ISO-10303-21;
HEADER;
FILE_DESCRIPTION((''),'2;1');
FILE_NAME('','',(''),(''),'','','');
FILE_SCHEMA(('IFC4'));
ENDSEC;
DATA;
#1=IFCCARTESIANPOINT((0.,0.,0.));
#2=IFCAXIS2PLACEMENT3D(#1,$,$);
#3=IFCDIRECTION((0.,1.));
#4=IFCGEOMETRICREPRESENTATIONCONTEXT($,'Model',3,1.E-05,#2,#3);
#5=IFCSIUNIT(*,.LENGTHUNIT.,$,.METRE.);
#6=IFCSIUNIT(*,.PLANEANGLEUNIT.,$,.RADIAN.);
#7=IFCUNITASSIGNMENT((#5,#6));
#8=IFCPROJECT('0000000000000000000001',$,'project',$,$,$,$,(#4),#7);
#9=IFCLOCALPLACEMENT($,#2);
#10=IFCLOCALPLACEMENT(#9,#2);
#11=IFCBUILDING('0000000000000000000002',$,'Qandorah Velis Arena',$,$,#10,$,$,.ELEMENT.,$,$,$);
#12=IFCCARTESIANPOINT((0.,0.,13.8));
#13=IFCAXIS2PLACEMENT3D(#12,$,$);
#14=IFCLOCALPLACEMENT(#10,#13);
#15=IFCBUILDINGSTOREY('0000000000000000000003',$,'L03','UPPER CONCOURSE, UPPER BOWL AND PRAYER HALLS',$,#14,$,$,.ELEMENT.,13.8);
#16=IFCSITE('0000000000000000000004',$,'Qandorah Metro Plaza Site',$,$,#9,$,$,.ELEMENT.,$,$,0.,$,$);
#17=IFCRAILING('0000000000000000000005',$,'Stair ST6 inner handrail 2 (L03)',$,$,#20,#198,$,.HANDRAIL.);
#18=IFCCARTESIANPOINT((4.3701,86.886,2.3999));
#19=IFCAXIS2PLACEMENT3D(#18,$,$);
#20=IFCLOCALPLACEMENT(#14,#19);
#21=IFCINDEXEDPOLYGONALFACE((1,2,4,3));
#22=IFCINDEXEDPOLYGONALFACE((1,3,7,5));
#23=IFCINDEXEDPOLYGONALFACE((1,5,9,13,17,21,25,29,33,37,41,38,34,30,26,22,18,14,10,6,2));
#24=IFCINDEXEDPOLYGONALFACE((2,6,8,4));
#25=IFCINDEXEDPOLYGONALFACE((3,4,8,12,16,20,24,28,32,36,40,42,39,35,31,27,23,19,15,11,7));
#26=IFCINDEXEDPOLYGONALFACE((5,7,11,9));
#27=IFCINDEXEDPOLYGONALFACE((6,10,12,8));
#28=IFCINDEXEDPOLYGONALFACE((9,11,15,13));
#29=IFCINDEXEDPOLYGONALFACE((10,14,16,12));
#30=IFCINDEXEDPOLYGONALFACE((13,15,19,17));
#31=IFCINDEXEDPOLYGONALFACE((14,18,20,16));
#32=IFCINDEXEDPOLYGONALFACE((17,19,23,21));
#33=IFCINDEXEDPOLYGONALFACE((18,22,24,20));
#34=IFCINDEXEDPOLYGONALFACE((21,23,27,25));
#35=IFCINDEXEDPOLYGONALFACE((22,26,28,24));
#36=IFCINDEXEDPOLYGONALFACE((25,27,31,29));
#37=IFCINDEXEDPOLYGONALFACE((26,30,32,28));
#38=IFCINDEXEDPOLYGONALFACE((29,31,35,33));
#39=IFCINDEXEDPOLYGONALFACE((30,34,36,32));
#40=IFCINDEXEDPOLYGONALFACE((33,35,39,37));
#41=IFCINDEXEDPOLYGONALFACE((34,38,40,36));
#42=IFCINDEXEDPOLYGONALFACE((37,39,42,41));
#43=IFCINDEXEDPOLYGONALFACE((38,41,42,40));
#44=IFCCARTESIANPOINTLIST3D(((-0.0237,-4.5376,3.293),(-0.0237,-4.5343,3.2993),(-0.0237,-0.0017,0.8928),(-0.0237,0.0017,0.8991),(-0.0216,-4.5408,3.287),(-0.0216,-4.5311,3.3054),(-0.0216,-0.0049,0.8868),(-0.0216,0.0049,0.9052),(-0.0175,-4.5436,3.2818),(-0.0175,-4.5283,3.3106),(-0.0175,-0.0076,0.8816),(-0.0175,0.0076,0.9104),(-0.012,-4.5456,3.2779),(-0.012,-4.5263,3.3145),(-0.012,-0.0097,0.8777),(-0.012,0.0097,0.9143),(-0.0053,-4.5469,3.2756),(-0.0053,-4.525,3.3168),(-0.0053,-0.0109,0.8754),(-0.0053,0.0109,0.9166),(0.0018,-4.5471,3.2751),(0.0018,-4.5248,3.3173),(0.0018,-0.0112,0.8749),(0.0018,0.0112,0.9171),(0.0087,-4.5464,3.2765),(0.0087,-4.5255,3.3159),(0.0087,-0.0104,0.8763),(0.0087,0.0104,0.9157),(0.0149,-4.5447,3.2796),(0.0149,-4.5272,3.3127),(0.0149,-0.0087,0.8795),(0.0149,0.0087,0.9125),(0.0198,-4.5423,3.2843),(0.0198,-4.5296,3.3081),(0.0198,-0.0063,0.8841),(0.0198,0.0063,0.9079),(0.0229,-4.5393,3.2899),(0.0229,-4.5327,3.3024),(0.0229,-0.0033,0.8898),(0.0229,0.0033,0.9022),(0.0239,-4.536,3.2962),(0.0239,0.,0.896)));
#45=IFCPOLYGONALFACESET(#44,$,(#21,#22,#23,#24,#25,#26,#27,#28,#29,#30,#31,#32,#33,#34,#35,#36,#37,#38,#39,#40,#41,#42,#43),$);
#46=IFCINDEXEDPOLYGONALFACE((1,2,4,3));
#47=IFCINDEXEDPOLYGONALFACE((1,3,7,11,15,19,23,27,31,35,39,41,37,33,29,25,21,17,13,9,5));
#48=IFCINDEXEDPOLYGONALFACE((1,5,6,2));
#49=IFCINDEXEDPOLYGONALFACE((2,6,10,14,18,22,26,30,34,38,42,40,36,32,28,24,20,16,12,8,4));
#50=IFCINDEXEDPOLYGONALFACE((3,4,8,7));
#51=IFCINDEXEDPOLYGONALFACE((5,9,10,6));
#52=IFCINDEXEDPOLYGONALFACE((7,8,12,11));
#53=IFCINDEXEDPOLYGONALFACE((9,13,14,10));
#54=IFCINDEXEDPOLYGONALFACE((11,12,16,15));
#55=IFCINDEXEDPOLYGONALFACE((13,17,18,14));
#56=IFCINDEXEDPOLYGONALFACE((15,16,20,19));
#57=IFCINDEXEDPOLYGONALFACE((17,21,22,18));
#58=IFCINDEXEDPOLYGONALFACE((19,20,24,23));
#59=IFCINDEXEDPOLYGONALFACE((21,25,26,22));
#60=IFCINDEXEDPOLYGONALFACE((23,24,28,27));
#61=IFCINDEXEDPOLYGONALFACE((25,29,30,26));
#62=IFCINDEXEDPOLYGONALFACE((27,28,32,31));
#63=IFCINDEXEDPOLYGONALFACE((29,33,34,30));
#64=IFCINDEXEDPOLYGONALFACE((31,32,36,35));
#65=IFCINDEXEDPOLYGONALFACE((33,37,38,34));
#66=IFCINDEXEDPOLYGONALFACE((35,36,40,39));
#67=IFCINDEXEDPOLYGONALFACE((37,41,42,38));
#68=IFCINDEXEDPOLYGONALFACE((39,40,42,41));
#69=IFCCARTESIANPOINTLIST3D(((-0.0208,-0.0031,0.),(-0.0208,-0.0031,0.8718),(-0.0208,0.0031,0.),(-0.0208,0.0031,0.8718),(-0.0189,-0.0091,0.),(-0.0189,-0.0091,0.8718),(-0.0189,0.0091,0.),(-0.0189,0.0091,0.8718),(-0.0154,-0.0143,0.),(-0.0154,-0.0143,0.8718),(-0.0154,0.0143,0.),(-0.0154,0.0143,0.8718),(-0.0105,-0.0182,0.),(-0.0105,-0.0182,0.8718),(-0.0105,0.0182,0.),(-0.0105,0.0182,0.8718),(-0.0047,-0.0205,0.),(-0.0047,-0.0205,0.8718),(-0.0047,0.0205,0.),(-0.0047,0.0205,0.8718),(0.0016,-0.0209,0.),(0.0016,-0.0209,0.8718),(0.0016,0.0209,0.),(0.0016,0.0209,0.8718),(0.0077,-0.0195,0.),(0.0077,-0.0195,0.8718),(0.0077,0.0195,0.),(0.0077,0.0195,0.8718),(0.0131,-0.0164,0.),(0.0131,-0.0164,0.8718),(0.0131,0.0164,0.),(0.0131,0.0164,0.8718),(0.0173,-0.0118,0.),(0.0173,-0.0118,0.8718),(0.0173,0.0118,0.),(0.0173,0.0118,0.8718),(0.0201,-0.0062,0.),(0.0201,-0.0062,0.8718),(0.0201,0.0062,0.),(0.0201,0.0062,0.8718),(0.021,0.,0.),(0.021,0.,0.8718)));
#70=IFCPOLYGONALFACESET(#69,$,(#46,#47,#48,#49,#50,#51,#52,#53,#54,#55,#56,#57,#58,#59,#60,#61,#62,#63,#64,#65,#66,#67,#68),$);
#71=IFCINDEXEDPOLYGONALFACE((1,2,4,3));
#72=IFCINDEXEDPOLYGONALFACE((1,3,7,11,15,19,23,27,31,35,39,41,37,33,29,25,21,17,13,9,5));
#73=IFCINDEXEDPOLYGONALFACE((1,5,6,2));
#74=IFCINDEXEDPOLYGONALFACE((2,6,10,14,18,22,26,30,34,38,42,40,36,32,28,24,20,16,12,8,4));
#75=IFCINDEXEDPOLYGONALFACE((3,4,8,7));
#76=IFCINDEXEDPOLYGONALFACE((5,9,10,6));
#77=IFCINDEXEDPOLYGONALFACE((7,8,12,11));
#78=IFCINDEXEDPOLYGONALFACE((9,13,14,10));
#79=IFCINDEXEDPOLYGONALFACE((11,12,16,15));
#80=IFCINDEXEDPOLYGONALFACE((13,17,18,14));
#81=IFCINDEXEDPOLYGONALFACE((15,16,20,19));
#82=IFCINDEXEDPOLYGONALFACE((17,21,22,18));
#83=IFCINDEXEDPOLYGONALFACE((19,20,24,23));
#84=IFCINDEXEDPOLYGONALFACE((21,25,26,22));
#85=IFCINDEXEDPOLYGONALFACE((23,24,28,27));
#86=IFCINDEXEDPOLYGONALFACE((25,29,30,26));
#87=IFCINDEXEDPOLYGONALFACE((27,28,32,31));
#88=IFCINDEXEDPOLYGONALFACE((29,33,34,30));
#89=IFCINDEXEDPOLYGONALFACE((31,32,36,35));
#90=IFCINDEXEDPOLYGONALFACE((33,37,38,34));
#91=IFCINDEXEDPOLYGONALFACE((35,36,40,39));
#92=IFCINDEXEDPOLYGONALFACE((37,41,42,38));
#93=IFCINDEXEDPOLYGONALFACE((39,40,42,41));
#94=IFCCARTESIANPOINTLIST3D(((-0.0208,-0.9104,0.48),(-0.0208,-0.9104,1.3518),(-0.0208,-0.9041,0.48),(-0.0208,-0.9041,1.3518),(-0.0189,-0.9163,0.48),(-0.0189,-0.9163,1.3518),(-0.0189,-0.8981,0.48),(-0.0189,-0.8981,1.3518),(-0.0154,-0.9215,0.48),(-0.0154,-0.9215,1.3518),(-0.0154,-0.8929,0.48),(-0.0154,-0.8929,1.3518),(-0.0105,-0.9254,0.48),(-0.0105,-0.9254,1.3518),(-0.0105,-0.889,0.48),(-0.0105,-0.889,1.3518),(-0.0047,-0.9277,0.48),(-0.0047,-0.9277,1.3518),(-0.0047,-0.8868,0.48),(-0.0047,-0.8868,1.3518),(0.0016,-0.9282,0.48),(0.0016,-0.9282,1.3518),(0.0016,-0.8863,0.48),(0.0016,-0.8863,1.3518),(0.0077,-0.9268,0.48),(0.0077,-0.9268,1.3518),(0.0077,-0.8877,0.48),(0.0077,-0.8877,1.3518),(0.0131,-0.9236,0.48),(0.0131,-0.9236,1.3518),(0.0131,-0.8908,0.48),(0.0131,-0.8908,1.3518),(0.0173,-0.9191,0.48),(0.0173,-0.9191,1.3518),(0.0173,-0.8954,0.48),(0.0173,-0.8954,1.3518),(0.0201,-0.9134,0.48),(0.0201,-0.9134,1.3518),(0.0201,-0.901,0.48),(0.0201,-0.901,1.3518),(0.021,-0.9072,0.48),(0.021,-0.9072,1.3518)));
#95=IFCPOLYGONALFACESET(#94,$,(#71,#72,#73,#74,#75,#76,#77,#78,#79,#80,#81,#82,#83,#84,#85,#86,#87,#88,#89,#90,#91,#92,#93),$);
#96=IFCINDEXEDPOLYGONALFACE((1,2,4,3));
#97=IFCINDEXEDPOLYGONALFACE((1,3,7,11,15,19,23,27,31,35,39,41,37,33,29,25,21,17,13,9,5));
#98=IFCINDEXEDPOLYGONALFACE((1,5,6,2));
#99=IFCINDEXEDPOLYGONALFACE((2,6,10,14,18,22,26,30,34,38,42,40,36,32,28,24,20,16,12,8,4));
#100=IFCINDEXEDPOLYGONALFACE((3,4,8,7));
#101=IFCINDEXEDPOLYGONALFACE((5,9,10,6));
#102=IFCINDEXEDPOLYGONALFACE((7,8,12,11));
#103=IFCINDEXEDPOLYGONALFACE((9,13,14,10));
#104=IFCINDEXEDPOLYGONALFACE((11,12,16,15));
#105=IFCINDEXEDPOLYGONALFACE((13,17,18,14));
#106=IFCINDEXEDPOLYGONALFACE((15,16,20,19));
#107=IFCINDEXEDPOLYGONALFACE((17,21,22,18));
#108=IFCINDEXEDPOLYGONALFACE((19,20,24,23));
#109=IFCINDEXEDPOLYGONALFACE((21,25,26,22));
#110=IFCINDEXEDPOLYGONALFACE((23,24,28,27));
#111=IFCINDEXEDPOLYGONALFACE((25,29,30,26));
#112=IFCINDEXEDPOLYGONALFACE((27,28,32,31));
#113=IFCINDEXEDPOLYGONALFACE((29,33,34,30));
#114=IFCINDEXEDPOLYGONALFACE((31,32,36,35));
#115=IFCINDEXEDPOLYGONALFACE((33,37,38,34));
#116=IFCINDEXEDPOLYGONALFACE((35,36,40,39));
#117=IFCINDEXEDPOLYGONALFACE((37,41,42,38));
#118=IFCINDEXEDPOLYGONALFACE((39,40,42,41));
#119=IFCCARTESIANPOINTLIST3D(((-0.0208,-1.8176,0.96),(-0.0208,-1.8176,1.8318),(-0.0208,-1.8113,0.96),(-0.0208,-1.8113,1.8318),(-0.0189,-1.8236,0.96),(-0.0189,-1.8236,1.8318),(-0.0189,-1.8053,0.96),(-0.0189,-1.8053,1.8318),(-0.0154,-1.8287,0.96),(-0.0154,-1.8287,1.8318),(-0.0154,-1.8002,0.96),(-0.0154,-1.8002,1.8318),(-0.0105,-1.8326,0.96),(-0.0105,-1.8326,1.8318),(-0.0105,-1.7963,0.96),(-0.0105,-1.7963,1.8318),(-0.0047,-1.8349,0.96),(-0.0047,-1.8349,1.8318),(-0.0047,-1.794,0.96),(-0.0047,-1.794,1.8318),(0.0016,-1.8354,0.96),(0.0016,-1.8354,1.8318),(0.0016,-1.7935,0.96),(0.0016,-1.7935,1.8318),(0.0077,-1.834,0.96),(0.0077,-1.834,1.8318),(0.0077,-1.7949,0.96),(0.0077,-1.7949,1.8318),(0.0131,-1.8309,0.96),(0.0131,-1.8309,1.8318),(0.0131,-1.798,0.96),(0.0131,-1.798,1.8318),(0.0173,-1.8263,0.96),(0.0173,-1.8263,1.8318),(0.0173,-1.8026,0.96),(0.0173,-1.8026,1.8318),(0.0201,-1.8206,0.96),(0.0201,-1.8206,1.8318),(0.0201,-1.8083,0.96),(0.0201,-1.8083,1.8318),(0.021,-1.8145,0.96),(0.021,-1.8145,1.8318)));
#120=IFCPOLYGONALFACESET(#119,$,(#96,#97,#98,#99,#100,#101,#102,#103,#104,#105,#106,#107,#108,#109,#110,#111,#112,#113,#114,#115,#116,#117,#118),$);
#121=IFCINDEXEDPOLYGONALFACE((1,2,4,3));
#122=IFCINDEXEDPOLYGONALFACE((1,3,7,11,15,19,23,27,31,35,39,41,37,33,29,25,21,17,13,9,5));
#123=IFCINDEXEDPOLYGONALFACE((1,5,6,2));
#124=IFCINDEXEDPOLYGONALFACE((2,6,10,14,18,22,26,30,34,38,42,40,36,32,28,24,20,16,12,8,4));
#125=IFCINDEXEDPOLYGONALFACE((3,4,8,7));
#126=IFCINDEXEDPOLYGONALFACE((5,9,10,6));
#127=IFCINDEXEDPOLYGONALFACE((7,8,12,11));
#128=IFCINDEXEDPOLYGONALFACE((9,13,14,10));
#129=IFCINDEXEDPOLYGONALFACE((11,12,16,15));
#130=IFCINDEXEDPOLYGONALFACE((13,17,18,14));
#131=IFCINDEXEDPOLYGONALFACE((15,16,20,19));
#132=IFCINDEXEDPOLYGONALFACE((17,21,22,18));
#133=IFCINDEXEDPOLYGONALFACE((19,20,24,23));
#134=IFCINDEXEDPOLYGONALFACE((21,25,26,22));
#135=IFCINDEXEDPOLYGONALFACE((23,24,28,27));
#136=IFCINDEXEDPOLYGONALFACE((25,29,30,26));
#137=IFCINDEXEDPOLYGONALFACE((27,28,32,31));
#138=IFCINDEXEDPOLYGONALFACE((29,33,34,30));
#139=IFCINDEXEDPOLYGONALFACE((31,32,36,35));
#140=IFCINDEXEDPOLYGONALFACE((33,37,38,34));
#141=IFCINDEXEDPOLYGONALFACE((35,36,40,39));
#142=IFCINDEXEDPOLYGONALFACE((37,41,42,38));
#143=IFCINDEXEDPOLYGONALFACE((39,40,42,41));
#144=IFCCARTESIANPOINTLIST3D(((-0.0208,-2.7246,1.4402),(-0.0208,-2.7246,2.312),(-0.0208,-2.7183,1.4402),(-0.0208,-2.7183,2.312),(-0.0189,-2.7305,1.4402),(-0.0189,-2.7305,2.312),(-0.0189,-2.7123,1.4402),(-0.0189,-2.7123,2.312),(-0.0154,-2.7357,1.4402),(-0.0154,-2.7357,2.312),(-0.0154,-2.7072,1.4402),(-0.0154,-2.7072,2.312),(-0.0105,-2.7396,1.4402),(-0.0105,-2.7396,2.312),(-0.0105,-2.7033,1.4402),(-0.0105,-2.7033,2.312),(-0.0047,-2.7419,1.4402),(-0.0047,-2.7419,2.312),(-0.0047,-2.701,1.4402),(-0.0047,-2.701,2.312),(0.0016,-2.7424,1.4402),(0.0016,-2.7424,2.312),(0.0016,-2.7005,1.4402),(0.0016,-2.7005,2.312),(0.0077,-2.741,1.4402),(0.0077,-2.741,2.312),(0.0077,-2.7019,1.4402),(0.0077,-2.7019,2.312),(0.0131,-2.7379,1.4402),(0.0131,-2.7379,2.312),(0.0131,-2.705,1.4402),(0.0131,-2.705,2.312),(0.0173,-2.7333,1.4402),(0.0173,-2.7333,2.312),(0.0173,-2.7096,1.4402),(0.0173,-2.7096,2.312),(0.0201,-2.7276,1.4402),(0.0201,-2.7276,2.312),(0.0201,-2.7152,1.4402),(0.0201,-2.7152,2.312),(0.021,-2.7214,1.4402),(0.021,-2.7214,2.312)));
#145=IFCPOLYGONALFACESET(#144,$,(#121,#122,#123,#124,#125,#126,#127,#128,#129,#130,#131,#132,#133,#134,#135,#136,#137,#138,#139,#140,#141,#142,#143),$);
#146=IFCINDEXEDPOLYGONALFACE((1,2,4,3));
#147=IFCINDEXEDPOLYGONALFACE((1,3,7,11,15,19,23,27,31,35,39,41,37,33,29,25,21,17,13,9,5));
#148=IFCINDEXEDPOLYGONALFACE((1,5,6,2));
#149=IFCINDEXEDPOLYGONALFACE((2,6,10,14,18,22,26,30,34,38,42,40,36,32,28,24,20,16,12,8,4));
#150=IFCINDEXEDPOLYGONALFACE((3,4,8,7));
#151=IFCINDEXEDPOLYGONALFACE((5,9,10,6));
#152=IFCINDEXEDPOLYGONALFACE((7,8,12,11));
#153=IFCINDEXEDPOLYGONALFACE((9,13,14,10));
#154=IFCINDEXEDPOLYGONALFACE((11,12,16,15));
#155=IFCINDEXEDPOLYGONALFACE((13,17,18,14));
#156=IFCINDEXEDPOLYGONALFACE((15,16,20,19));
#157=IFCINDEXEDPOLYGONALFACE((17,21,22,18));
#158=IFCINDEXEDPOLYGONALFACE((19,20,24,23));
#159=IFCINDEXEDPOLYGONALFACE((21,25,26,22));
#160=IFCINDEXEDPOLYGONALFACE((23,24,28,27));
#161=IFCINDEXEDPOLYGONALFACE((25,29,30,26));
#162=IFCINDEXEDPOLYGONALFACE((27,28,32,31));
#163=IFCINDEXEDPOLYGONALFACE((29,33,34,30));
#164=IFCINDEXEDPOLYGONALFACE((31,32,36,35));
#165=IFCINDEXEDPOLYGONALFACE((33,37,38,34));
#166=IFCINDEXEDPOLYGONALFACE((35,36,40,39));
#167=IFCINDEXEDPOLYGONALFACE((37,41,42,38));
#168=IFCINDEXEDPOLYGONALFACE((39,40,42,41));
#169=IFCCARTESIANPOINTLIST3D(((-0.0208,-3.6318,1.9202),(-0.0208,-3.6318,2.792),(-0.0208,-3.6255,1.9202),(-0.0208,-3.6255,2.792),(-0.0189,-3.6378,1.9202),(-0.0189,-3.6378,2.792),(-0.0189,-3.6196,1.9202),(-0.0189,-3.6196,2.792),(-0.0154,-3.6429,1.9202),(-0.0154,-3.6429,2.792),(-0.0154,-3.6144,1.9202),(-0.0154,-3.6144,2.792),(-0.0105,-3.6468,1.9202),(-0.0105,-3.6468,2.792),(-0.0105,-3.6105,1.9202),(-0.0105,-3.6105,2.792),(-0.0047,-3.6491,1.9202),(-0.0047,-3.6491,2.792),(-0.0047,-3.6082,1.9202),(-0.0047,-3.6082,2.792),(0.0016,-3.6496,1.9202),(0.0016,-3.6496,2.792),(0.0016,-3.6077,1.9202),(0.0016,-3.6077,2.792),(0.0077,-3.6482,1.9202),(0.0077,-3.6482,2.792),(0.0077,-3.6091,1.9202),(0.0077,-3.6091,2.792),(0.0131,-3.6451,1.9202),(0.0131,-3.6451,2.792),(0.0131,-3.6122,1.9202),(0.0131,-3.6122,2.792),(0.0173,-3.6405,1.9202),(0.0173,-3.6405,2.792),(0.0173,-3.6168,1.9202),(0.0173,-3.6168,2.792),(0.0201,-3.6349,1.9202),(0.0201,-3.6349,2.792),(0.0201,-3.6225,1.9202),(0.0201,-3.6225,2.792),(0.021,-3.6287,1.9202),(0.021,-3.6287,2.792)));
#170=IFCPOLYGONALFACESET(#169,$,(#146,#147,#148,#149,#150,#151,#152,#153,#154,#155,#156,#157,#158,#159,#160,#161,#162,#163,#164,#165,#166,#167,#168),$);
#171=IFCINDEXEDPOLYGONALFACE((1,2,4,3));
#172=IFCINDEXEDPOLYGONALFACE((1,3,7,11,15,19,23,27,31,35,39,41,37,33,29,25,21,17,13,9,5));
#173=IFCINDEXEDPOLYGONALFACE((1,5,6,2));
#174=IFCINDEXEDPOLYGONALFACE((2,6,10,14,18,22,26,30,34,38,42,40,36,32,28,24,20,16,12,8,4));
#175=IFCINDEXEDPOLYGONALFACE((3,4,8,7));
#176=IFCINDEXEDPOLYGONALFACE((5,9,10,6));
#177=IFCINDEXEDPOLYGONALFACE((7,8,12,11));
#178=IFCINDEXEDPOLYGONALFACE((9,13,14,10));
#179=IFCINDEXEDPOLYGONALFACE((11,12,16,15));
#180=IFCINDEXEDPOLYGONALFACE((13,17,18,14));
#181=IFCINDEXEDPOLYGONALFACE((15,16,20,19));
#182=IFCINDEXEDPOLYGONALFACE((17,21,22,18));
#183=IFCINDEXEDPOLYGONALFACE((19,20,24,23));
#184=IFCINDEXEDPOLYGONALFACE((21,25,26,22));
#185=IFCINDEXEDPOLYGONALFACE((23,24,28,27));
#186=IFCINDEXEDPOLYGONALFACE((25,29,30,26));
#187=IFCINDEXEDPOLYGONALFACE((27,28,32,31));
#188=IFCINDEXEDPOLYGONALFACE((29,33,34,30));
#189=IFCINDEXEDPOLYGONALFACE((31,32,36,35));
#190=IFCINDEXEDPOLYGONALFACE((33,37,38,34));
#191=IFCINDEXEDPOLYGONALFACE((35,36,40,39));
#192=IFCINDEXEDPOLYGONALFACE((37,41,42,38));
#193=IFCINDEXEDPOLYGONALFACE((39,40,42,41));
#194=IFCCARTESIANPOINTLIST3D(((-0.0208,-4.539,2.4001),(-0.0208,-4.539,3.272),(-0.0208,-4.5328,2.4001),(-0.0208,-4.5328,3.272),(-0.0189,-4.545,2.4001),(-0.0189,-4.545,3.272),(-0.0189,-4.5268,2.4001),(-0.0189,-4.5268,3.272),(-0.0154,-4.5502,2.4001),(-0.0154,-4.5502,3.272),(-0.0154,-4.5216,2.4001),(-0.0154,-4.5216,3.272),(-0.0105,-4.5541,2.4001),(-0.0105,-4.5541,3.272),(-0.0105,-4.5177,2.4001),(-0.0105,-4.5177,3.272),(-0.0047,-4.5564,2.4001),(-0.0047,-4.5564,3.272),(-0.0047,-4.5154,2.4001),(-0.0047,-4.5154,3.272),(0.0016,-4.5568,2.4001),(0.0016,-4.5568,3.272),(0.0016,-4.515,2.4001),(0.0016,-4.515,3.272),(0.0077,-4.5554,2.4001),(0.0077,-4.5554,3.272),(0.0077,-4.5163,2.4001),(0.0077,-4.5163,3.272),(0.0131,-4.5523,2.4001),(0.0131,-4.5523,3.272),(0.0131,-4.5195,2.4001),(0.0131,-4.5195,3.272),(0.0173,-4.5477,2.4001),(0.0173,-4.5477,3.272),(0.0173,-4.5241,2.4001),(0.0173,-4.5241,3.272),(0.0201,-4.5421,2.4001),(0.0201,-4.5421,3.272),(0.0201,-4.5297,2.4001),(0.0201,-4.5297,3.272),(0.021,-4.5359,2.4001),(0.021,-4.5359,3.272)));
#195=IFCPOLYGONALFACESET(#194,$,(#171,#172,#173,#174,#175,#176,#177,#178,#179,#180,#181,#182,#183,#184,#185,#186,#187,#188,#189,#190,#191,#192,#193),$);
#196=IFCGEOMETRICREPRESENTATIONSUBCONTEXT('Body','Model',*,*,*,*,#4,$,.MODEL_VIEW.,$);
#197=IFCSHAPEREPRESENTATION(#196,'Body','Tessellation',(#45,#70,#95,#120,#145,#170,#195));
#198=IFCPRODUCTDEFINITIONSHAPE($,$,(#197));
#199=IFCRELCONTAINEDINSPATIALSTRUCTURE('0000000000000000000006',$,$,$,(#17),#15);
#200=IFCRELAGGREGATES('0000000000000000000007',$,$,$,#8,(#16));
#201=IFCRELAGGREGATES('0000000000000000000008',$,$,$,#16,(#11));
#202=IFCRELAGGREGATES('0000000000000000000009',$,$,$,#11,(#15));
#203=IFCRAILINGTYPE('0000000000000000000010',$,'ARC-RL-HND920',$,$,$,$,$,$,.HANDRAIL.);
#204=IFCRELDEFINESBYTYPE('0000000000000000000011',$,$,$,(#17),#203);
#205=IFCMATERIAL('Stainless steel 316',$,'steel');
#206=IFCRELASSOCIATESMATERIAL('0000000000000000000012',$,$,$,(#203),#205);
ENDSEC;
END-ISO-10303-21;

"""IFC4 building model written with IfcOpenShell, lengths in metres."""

from ifc_helpers import new_model, si_unit, direction, frame, origin, origin_2d, place, context, subcontext, project, spatial, circle, extrude, material, type_object, element, save


model = new_model("IFC4")

# Units and contexts
model_context = context("Model", 3, precision=1e-05, world=origin(), true_north=direction((0.0, 1.0)))
body_context = subcontext(model_context, "Body", "Model", "MODEL_VIEW")
ifc_project = project(units=[si_unit("LENGTHUNIT", "METRE"), si_unit("PLANEANGLEUNIT", "RADIAN")], contexts=[model_context])

# Site, building, storey
site_placement = place(None, origin())
site = spatial("IfcSite", under=ifc_project, at=site_placement, Name="Qandorah Metro Plaza Site", CompositionType="ELEMENT", RefElevation=0.0)
building_placement = place(site_placement, origin())
building = spatial("IfcBuilding", under=site, at=building_placement, Name="Qandorah Velis Arena", CompositionType="ELEMENT")
storey_placement = place(building_placement, frame((0.0, 0.0, 13.8)))
storey = spatial("IfcBuildingStorey", under=building, at=storey_placement, Name="L03", Description="UPPER CONCOURSE, UPPER BOWL AND PRAYER HALLS", CompositionType="ELEMENT", Elevation=13.8)

# Railing
ifc_material_1 = material(Name="Stainless steel 316", Category="steel")
railing_type_1 = type_object("IfcRailingType", Name="ARC-RL-HND920", PredefinedType="HANDRAIL", material=ifc_material_1)
railing_1_placement = place(storey_placement, frame((4.3701, 86.886, 2.3999)))
element("IfcRailing", 1, at=railing_1_placement, inside=storey, type_object=railing_type_1, Name="Stair ST6 inner handrail 2 (L03)", PredefinedType="HANDRAIL", context=body_context, shape_type="SweptSolid", body=[
    extrude(circle(Radius=0.0239, at=origin_2d()), frame((0.0, 0.0, 0.896), z_axis=(0.0, -0.883885, 0.467704), x_axis=(1.0, 0.0, 0.0)), (0.0, 0.0, 1.0), 5.1318),
    extrude(circle(Radius=0.021, at=origin_2d()), origin(), (0.0, 0.0, 1.0), 0.8718),
    extrude(circle(Radius=0.021, at=origin_2d()), frame((0.0, -0.9072, 0.48)), (0.0, 0.0, 1.0), 0.8718),
    extrude(circle(Radius=0.021, at=origin_2d()), frame((0.0, -1.8145, 0.96)), (0.0, 0.0, 1.0), 0.8718),
    extrude(circle(Radius=0.021, at=origin_2d()), frame((0.0, -2.7214, 1.4402)), (0.0, 0.0, 1.0), 0.8718),
    extrude(circle(Radius=0.021, at=origin_2d()), frame((0.0, -3.6287, 1.9202)), (0.0, 0.0, 1.0), 0.8718),
    extrude(circle(Radius=0.021, at=origin_2d()), frame((0.0, -4.5359, 2.4001)), (0.0, 0.0, 1.0), 0.8718),
])

save(model, "model.ifc")
